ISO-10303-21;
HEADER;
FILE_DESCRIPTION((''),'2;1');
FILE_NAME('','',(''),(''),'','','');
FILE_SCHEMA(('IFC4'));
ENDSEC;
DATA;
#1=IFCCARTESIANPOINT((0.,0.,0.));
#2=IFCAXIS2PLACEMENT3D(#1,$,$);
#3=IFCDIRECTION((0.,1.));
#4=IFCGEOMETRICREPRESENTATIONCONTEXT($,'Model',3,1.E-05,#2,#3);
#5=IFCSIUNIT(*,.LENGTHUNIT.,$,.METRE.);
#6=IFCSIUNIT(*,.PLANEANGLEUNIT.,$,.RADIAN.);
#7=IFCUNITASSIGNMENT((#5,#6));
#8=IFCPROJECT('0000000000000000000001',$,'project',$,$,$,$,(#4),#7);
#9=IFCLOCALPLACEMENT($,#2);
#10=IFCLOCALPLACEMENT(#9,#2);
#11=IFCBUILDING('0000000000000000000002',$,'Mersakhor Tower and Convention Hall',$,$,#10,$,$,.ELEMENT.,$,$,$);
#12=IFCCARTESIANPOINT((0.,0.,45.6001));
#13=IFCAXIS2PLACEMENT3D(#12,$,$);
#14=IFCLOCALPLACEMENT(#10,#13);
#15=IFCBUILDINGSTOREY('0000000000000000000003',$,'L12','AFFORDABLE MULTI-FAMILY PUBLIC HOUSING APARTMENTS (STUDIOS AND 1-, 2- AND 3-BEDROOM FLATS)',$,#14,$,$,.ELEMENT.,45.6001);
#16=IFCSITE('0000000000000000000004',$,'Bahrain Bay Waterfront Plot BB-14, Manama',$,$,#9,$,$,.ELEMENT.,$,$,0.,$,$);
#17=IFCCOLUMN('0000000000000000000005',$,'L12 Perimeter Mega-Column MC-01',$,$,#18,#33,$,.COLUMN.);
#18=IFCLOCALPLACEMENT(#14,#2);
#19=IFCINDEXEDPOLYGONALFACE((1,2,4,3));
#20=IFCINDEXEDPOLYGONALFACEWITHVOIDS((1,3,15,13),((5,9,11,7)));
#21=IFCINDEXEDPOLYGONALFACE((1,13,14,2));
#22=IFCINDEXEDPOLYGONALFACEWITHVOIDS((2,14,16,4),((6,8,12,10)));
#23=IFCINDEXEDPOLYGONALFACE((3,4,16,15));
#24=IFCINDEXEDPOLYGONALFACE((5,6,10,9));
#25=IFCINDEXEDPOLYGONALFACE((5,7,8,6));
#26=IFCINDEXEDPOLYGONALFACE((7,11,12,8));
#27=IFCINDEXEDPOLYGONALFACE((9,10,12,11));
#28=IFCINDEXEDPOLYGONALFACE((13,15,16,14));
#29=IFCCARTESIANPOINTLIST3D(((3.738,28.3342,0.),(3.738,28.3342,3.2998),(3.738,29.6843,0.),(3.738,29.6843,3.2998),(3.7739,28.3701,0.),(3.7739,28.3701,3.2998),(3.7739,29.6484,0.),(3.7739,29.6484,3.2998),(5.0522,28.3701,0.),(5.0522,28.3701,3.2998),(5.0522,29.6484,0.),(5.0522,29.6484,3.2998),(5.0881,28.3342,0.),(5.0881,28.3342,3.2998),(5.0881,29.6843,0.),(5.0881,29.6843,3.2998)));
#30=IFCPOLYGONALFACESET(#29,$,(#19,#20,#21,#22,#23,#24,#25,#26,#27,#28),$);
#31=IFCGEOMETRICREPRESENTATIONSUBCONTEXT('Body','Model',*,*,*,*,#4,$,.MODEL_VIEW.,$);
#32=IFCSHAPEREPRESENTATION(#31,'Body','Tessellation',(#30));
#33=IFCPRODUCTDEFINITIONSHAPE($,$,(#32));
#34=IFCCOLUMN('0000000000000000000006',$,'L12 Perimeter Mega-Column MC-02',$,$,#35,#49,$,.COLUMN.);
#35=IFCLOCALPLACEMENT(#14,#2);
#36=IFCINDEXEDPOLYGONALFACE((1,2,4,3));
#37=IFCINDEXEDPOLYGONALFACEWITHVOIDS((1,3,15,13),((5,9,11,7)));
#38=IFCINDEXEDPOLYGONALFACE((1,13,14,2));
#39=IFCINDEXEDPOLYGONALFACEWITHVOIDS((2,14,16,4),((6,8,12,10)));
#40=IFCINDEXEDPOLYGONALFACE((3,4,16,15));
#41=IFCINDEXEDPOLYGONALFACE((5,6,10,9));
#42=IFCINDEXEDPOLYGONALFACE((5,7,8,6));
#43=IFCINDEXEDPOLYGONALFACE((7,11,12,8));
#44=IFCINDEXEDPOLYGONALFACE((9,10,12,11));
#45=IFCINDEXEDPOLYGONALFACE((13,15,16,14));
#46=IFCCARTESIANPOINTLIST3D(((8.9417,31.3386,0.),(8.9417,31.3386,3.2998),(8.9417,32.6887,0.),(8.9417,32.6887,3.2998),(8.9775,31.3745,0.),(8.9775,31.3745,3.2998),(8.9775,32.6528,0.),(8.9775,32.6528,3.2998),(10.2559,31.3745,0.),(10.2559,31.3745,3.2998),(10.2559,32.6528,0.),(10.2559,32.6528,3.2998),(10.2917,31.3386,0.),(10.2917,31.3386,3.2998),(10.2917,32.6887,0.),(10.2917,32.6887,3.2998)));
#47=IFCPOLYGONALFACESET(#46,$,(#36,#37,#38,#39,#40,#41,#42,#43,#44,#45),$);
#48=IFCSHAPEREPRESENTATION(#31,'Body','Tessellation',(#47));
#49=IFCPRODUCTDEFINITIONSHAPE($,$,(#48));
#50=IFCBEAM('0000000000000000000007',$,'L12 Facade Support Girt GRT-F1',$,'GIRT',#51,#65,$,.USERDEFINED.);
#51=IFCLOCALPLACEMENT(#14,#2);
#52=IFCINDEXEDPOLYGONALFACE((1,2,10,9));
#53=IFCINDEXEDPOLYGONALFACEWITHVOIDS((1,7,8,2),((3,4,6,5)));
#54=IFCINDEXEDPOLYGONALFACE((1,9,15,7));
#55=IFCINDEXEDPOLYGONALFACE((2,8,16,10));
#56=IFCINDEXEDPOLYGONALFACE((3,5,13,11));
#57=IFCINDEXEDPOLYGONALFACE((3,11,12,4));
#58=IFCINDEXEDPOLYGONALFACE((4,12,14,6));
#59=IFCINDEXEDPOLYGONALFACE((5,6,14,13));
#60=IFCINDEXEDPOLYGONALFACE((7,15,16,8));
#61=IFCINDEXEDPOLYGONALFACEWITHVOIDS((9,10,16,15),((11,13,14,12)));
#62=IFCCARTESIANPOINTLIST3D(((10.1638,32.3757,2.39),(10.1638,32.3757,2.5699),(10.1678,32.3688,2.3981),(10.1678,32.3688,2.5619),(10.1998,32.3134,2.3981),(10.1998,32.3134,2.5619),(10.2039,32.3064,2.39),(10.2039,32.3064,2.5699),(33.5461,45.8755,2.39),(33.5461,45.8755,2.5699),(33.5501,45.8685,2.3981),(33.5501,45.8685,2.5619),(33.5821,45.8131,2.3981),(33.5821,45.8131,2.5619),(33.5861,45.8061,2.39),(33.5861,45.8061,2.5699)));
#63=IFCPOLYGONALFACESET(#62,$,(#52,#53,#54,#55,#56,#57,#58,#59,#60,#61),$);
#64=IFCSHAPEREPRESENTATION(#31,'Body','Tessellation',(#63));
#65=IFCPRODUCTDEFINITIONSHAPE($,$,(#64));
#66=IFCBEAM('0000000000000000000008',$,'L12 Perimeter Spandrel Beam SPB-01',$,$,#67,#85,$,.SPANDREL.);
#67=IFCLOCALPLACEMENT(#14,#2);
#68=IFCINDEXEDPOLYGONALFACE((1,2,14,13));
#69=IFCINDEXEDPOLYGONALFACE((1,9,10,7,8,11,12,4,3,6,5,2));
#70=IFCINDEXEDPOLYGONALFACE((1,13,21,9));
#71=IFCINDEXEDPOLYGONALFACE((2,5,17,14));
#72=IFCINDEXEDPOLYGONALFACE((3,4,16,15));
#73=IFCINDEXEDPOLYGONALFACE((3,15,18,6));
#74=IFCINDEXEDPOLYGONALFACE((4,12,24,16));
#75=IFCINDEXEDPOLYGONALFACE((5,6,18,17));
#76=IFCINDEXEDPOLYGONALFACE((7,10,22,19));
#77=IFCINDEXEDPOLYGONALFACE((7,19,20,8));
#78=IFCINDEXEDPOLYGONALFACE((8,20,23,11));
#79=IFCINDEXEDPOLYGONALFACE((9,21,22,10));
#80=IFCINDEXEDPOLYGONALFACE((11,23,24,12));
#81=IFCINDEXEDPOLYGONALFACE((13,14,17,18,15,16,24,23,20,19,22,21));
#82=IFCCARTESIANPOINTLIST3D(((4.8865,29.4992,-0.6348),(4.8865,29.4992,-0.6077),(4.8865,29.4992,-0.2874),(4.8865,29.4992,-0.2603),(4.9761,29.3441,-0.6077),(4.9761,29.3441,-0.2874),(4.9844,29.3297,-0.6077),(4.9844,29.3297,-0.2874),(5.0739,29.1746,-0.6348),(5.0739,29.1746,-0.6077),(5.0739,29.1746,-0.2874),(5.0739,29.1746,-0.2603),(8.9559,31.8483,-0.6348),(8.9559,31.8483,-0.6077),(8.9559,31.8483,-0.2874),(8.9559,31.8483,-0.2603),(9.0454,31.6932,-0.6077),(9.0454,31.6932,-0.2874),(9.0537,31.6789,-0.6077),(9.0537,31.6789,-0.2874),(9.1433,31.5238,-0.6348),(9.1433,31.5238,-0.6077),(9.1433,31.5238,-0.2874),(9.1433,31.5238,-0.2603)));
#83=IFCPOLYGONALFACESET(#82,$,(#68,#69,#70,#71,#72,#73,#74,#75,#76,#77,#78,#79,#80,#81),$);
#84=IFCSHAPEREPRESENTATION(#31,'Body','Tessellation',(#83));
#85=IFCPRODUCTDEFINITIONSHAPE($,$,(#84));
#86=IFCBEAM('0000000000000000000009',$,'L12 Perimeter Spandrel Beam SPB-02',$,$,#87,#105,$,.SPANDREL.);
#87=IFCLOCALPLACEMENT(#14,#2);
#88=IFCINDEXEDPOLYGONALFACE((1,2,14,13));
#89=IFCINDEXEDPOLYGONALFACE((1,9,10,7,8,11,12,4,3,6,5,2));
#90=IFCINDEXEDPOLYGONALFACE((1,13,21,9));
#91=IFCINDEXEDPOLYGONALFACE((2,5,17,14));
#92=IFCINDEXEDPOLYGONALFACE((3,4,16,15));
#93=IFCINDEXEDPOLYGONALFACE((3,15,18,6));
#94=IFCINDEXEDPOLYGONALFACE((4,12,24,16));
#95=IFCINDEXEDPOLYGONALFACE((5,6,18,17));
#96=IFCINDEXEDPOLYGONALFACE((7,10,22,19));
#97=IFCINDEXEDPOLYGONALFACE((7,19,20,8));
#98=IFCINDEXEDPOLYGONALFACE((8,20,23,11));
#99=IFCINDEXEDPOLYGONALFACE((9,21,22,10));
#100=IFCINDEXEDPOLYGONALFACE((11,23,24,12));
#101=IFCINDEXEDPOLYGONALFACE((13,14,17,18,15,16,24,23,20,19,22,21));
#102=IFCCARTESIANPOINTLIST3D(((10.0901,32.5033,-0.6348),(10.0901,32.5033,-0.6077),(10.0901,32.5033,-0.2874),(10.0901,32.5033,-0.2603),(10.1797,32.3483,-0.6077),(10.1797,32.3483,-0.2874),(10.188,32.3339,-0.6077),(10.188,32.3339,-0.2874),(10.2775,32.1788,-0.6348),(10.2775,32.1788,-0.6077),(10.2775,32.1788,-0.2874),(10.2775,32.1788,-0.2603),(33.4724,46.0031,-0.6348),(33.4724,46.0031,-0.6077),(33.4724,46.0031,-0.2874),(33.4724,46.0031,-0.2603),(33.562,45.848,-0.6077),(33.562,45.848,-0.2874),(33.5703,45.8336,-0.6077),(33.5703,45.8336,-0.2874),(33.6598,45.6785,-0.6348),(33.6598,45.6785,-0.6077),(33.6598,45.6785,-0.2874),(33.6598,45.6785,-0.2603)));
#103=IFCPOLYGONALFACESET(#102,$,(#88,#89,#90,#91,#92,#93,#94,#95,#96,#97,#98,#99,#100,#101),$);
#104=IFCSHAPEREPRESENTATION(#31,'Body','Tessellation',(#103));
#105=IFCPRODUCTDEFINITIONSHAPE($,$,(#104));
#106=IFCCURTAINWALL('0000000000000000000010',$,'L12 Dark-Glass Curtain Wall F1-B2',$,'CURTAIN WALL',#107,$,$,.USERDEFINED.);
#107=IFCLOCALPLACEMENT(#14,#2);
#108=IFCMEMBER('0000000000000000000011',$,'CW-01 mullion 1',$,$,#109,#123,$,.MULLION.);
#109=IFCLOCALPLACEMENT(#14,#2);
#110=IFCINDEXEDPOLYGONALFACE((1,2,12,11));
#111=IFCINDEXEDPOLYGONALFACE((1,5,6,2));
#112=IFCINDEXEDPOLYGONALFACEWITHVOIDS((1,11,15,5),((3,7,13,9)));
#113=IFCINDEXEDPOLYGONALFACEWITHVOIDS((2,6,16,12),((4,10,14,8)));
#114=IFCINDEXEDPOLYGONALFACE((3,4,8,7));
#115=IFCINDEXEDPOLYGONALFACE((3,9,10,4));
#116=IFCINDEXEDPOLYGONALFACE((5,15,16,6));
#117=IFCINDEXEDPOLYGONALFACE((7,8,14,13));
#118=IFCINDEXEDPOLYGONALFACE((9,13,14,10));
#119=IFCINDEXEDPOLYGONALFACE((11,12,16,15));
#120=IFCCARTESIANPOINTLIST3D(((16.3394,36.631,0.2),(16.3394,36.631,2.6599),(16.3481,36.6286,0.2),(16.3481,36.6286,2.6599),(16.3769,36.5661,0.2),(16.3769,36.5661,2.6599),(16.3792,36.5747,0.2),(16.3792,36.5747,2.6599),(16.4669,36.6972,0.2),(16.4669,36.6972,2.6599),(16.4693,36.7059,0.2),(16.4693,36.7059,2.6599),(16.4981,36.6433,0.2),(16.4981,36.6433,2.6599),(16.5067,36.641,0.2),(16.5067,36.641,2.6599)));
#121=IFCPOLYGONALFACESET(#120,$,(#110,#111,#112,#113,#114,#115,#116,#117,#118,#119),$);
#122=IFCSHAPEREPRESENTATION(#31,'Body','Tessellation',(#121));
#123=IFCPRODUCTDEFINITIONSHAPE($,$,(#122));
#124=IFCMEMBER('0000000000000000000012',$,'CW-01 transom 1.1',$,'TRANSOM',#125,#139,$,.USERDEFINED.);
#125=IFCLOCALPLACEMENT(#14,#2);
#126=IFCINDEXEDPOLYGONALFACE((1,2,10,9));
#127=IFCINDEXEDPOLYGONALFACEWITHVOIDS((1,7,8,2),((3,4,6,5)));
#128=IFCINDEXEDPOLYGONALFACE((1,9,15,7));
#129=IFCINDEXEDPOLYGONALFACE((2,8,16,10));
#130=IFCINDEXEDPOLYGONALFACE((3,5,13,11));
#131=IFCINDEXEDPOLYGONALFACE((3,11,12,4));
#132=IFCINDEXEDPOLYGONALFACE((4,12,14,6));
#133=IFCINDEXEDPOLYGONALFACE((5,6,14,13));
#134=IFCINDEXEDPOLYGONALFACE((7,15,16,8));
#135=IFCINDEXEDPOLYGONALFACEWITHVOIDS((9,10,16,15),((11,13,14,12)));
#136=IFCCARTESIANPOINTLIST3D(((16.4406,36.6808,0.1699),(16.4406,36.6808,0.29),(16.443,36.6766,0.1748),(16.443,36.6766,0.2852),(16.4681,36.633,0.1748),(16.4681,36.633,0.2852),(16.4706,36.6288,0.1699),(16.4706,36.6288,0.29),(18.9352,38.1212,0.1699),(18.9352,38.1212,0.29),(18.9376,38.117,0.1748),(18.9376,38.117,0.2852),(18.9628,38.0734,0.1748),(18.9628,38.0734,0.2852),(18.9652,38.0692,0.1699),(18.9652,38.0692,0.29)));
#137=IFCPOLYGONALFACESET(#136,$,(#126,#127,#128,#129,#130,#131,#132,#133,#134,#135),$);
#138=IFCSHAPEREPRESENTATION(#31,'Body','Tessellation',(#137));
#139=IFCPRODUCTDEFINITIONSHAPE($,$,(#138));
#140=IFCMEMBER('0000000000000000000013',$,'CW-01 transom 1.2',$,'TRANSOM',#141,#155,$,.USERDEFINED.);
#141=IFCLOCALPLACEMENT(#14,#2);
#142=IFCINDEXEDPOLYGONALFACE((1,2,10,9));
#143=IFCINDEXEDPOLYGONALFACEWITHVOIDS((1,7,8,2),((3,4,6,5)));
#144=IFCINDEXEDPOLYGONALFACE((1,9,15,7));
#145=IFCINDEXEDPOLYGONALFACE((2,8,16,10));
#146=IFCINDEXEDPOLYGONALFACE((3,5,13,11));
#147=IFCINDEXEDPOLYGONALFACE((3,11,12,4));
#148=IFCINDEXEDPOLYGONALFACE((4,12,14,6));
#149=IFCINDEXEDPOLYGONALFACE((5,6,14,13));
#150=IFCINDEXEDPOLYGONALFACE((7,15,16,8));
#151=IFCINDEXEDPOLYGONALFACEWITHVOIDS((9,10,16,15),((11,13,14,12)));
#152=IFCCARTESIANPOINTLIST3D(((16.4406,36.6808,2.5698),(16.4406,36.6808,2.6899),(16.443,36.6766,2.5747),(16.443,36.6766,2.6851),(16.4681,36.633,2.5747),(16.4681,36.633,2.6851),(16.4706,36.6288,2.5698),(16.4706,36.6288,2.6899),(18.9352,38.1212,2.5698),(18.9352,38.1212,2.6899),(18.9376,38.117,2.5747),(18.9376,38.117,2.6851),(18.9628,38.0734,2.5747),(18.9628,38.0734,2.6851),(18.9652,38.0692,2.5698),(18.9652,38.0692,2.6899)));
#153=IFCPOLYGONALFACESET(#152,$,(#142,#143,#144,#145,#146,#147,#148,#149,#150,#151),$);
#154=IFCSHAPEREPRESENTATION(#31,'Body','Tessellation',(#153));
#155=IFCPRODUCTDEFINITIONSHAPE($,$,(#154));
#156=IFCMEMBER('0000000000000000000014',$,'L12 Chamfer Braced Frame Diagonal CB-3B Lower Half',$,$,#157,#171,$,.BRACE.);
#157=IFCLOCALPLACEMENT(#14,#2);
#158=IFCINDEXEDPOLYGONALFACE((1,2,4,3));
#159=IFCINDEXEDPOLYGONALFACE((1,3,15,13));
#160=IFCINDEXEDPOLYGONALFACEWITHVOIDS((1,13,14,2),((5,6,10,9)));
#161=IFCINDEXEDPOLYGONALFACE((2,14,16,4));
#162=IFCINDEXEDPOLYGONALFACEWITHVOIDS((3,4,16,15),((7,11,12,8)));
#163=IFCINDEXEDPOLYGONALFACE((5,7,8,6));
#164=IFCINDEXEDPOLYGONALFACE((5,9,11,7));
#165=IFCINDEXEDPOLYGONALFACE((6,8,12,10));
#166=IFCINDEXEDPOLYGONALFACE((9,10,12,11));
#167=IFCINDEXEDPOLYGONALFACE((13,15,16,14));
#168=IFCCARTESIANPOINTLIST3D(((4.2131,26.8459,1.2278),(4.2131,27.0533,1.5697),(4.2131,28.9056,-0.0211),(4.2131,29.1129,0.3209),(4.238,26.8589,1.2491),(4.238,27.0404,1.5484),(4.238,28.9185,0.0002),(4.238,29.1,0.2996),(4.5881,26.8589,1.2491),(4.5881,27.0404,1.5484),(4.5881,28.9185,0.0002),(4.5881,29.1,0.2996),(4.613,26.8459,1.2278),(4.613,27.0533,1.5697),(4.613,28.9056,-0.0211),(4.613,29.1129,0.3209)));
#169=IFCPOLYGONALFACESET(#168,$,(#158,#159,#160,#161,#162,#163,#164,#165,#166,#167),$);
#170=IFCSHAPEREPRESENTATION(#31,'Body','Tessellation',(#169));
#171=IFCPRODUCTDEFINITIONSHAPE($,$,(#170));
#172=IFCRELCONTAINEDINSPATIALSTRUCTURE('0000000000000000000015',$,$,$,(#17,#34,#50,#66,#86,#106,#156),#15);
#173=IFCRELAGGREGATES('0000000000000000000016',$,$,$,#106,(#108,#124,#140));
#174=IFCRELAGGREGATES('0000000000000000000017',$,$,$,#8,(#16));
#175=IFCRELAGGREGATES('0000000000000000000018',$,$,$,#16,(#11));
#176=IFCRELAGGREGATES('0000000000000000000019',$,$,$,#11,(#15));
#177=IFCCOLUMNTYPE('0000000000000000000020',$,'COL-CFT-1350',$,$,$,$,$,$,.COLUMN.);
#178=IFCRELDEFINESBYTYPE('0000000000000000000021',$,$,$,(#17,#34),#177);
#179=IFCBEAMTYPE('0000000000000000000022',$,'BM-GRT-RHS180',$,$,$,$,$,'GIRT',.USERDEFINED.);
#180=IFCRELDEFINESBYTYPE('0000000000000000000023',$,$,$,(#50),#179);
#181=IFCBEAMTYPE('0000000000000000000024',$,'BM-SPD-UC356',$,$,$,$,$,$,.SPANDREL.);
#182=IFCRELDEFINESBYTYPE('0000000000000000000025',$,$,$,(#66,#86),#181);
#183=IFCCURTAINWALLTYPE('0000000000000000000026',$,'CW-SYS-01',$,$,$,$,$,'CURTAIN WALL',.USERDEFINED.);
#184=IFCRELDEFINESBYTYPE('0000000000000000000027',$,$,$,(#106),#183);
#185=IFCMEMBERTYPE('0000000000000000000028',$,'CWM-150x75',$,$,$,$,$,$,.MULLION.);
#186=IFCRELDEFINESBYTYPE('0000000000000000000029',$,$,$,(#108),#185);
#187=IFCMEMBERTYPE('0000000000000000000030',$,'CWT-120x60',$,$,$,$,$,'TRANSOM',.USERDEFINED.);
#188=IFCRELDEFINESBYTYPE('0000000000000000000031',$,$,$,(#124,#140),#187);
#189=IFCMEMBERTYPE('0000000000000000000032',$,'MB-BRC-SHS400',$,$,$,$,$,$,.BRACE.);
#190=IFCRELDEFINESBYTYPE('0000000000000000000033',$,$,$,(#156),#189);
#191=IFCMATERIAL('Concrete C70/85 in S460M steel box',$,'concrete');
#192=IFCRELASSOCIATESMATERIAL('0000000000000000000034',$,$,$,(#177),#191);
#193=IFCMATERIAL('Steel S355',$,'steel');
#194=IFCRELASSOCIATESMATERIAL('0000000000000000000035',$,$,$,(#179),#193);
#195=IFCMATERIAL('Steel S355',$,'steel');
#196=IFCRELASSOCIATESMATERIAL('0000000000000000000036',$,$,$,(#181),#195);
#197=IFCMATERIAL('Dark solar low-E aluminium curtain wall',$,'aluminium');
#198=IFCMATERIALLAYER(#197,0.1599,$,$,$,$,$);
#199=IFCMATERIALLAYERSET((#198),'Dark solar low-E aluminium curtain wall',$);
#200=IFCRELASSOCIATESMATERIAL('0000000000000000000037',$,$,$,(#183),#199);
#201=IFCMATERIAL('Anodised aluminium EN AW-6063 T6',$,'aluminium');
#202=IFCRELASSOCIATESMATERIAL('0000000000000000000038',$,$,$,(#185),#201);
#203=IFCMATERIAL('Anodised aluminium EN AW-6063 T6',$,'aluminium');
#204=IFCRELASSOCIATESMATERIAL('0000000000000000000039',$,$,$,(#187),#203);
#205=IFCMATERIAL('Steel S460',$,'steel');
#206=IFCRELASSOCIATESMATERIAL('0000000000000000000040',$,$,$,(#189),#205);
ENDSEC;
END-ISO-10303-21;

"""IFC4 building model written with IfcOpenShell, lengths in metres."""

from ifc_helpers import new_model, si_unit, direction, frame, origin, origin_2d, place, context, subcontext, project, spatial, hollow_rectangle, i_section, extrude, material, layer, layer_set, material_profile, profile_set, type_object, element, aggregate, save


model = new_model("IFC4")

# Units and contexts
model_context = context("Model", 3, precision=1e-05, world=origin(), true_north=direction((0.0, 1.0)))
body_context = subcontext(model_context, "Body", "Model", "MODEL_VIEW")
ifc_project = project(units=[si_unit("LENGTHUNIT", "METRE"), si_unit("PLANEANGLEUNIT", "RADIAN")], contexts=[model_context])

# Site, building, storey
site_placement = place(None, origin())
site = spatial("IfcSite", under=ifc_project, at=site_placement, Name="Bahrain Bay Waterfront Plot BB-14, Manama", CompositionType="ELEMENT", RefElevation=0.0)
building_placement = place(site_placement, origin())
building = spatial("IfcBuilding", under=site, at=building_placement, Name="Mersakhor Tower and Convention Hall", CompositionType="ELEMENT")
storey_placement = place(building_placement, frame((0.0, 0.0, 45.6001)))
storey = spatial("IfcBuildingStorey", under=building, at=storey_placement, Name="L12", Description="AFFORDABLE MULTI-FAMILY PUBLIC HOUSING APARTMENTS (STUDIOS AND 1-, 2- AND 3-BEDROOM FLATS)", CompositionType="ELEMENT", Elevation=45.6001)

# Columns
ifc_material_1 = material(Name="Concrete C70/85 in S460M steel box", Category="concrete")
ifc_material_profile_1 = material_profile(ifc_material_1, hollow_rectangle(XDim=1.3501, YDim=1.3501, WallThickness=0.0359, at=origin_2d()), Name="SHS 1350x1350x36")
ifc_profile_set_1 = profile_set([ifc_material_profile_1], Name="Concrete C70/85 in S460M steel box")
column_type = type_object("IfcColumnType", Name="COL-CFT-1350", PredefinedType="COLUMN", material=ifc_profile_set_1)
for number, where, z_axis, x_axis, name in (
    (1, (4.4131, 29.0093, 0.0), (0.0, 0.0, 1.0), (1.0, 0.0, 0.0), "L12 Perimeter Mega-Column MC-01"),
    (2, (9.6167, 32.0137, 0.0), (0.0, 0.0, 1.0), (1.0, 0.0, 0.0), "L12 Perimeter Mega-Column MC-02"),
):
    element("IfcColumn", number, at=place(storey_placement, frame(where, z_axis=z_axis, x_axis=x_axis)), inside=storey, type_object=column_type, Name=name, PredefinedType="COLUMN", context=body_context, shape_type="SweptSolid", body=[
        extrude(hollow_rectangle(XDim=1.3501, YDim=1.3501, WallThickness=0.0359, at=origin_2d()), origin(), (0.0, 0.0, 1.0), 3.2998),
    ])

# Beams
ifc_material_2 = material(Name="Steel S355", Category="steel")
ifc_material_profile_2 = material_profile(ifc_material_2, hollow_rectangle(XDim=0.0801, YDim=0.1799, WallThickness=0.0081, at=origin_2d()), Name="RHS 180x80x8")
ifc_profile_set_2 = profile_set([ifc_material_profile_2], Name="Steel S355")
beam_type_1 = type_object("IfcBeamType", Name="BM-GRT-RHS180", ElementType="GIRT", PredefinedType="USERDEFINED", material=ifc_profile_set_2)
beam_1_placement = place(storey_placement, frame((10.1838, 32.3411, 2.48), z_axis=(0.866026, 0.499999, 0.0), x_axis=(-0.499999, 0.866026, 0.0)))
element("IfcBeam", 3, at=beam_1_placement, inside=storey, type_object=beam_type_1, Name="L12 Facade Support Girt GRT-F1", ObjectType="GIRT", PredefinedType="USERDEFINED", context=body_context, shape_type="SweptSolid", body=[
    extrude(hollow_rectangle(XDim=0.0801, YDim=0.1799, WallThickness=0.0081, at=origin_2d()), origin(), (0.0, 0.0, 1.0), 26.9995),
])
ifc_material_3 = material(Name="Steel S355", Category="steel")
ifc_material_profile_3 = material_profile(ifc_material_3, i_section(OverallWidth=0.3748, OverallDepth=0.3745, WebThickness=0.0166, FlangeThickness=0.0271, at=origin_2d()), Name="UC 356x368x202")
ifc_profile_set_3 = profile_set([ifc_material_profile_3], Name="Steel S355")
beam_type_2 = type_object("IfcBeamType", Name="BM-SPD-UC356", PredefinedType="SPANDREL", material=ifc_profile_set_3)
beam_2_placement = place(storey_placement, frame((4.9802, 29.3369, -0.4475), z_axis=(0.866054, 0.49995, 0.0), x_axis=(-0.49995, 0.866054, 0.0)))
element("IfcBeam", 4, at=beam_2_placement, inside=storey, type_object=beam_type_2, Name="L12 Perimeter Spandrel Beam SPB-01", PredefinedType="SPANDREL", context=body_context, shape_type="SweptSolid", body=[
    extrude(i_section(OverallWidth=0.3748, OverallDepth=0.3745, WebThickness=0.0166, FlangeThickness=0.0271, at=origin_2d()), origin(), (0.0, 0.0, 1.0), 4.6987),
])
beam_3_placement = place(storey_placement, frame((10.1838, 32.3411, -0.4475), z_axis=(0.866026, 0.499999, 0.0), x_axis=(-0.499999, 0.866026, 0.0)))
element("IfcBeam", 5, at=beam_3_placement, inside=storey, type_object=beam_type_2, Name="L12 Perimeter Spandrel Beam SPB-02", PredefinedType="SPANDREL", context=body_context, shape_type="SweptSolid", body=[
    extrude(i_section(OverallWidth=0.3748, OverallDepth=0.3745, WebThickness=0.0166, FlangeThickness=0.0271, at=origin_2d()), origin(), (0.0, 0.0, 1.0), 26.9995),
])

# Curtain wall, members
ifc_material_4 = material(Name="Dark solar low-E aluminium curtain wall", Category="aluminium")
ifc_layer_1 = layer(ifc_material_4, 0.1599)
ifc_layer_set_1 = layer_set([ifc_layer_1], Name="Dark solar low-E aluminium curtain wall")
curtain_wall_type = type_object("IfcCurtainWallType", Name="CW-SYS-01", ElementType="CURTAIN WALL", PredefinedType="USERDEFINED", material=ifc_layer_set_1)
curtain_wall_placement = place(storey_placement, origin())
curtain_wall = element("IfcCurtainWall", 6, at=curtain_wall_placement, inside=storey, type_object=curtain_wall_type, Name="L12 Dark-Glass Curtain Wall F1-B2", ObjectType="CURTAIN WALL", PredefinedType="USERDEFINED")
ifc_material_5 = material(Name="Anodised aluminium EN AW-6063 T6", Category="aluminium")
ifc_material_profile_4 = material_profile(ifc_material_5, hollow_rectangle(XDim=0.075, YDim=0.1499, WallThickness=0.0063, at=origin_2d()), Name="RHS 150x75x6.3")
ifc_profile_set_4 = profile_set([ifc_material_profile_4], Name="Anodised aluminium EN AW-6063 T6")
member_type_1 = type_object("IfcMemberType", Name="CWM-150x75", PredefinedType="MULLION", material=ifc_profile_set_4)
member_1_placement = place(storey_placement, frame((16.4231, 36.636, 0.2), z_axis=(0.0, 0.0, 1.0), x_axis=(-0.500003, 0.866023, 0.0)))
member_1 = element("IfcMember", 7, at=member_1_placement, type_object=member_type_1, Name="CW-01 mullion 1", PredefinedType="MULLION", context=body_context, shape_type="SweptSolid", body=[
    extrude(hollow_rectangle(XDim=0.075, YDim=0.1499, WallThickness=0.0063, at=origin_2d()), origin(), (0.0, 0.0, 1.0), 2.46),
])
ifc_material_6 = material(Name="Anodised aluminium EN AW-6063 T6", Category="aluminium")
ifc_material_profile_5 = material_profile(ifc_material_6, hollow_rectangle(XDim=0.0601, YDim=0.1201, WallThickness=0.0049, at=origin_2d()), Name="RHS 120x60x5")
ifc_profile_set_5 = profile_set([ifc_material_profile_5], Name="Anodised aluminium EN AW-6063 T6")
member_type_2 = type_object("IfcMemberType", Name="CWT-120x60", ElementType="TRANSOM", PredefinedType="USERDEFINED", material=ifc_profile_set_5)
member_2_placement = place(storey_placement, frame((16.4556, 36.6548, 0.23), z_axis=(0.866002, 0.50004, 0.0), x_axis=(-0.50004, 0.866002, 0.0)))
member_2 = element("IfcMember", 8, at=member_2_placement, type_object=member_type_2, Name="CW-01 transom 1.1", ObjectType="TRANSOM", PredefinedType="USERDEFINED", context=body_context, shape_type="SweptSolid", body=[
    extrude(hollow_rectangle(XDim=0.0601, YDim=0.1201, WallThickness=0.0049, at=origin_2d()), origin(), (0.0, 0.0, 1.0), 2.8806),
])
member_3_placement = place(storey_placement, frame((16.4556, 36.6548, 2.6299), z_axis=(0.866002, 0.50004, 0.0), x_axis=(-0.50004, 0.866002, 0.0)))
member_3 = element("IfcMember", 9, at=member_3_placement, type_object=member_type_2, Name="CW-01 transom 1.2", ObjectType="TRANSOM", PredefinedType="USERDEFINED", context=body_context, shape_type="SweptSolid", body=[
    extrude(hollow_rectangle(XDim=0.0601, YDim=0.1201, WallThickness=0.0049, at=origin_2d()), origin(), (0.0, 0.0, 1.0), 2.8806),
])
aggregate(curtain_wall, [member_1, member_2, member_3])

# Member
ifc_material_7 = material(Name="Steel S460", Category="steel")
ifc_material_profile_6 = material_profile(ifc_material_7, hollow_rectangle(XDim=0.3999, YDim=0.3999, WallThickness=0.0249, at=origin_2d()), Name="SHS 400x400x25")
ifc_profile_set_6 = profile_set([ifc_material_profile_6], Name="Steel S460")
member_type_3 = type_object("IfcMemberType", Name="MB-BRC-SHS400", PredefinedType="BRACE", material=ifc_profile_set_6)
member_4_placement = place(storey_placement, frame((4.4131, 29.0093, 0.1499), z_axis=(0.0, -0.855096, 0.51847), x_axis=(1.0, 0.0, 0.0)))
element("IfcMember", 10, at=member_4_placement, inside=storey, type_object=member_type_3, Name="L12 Chamfer Braced Frame Diagonal CB-3B Lower Half", PredefinedType="BRACE", context=body_context, shape_type="SweptSolid", body=[
    extrude(hollow_rectangle(XDim=0.3999, YDim=0.3999, WallThickness=0.0249, at=origin_2d()), origin(), (0.0, 0.0, 1.0), 2.4087),
])

save(model, "model.ifc")
